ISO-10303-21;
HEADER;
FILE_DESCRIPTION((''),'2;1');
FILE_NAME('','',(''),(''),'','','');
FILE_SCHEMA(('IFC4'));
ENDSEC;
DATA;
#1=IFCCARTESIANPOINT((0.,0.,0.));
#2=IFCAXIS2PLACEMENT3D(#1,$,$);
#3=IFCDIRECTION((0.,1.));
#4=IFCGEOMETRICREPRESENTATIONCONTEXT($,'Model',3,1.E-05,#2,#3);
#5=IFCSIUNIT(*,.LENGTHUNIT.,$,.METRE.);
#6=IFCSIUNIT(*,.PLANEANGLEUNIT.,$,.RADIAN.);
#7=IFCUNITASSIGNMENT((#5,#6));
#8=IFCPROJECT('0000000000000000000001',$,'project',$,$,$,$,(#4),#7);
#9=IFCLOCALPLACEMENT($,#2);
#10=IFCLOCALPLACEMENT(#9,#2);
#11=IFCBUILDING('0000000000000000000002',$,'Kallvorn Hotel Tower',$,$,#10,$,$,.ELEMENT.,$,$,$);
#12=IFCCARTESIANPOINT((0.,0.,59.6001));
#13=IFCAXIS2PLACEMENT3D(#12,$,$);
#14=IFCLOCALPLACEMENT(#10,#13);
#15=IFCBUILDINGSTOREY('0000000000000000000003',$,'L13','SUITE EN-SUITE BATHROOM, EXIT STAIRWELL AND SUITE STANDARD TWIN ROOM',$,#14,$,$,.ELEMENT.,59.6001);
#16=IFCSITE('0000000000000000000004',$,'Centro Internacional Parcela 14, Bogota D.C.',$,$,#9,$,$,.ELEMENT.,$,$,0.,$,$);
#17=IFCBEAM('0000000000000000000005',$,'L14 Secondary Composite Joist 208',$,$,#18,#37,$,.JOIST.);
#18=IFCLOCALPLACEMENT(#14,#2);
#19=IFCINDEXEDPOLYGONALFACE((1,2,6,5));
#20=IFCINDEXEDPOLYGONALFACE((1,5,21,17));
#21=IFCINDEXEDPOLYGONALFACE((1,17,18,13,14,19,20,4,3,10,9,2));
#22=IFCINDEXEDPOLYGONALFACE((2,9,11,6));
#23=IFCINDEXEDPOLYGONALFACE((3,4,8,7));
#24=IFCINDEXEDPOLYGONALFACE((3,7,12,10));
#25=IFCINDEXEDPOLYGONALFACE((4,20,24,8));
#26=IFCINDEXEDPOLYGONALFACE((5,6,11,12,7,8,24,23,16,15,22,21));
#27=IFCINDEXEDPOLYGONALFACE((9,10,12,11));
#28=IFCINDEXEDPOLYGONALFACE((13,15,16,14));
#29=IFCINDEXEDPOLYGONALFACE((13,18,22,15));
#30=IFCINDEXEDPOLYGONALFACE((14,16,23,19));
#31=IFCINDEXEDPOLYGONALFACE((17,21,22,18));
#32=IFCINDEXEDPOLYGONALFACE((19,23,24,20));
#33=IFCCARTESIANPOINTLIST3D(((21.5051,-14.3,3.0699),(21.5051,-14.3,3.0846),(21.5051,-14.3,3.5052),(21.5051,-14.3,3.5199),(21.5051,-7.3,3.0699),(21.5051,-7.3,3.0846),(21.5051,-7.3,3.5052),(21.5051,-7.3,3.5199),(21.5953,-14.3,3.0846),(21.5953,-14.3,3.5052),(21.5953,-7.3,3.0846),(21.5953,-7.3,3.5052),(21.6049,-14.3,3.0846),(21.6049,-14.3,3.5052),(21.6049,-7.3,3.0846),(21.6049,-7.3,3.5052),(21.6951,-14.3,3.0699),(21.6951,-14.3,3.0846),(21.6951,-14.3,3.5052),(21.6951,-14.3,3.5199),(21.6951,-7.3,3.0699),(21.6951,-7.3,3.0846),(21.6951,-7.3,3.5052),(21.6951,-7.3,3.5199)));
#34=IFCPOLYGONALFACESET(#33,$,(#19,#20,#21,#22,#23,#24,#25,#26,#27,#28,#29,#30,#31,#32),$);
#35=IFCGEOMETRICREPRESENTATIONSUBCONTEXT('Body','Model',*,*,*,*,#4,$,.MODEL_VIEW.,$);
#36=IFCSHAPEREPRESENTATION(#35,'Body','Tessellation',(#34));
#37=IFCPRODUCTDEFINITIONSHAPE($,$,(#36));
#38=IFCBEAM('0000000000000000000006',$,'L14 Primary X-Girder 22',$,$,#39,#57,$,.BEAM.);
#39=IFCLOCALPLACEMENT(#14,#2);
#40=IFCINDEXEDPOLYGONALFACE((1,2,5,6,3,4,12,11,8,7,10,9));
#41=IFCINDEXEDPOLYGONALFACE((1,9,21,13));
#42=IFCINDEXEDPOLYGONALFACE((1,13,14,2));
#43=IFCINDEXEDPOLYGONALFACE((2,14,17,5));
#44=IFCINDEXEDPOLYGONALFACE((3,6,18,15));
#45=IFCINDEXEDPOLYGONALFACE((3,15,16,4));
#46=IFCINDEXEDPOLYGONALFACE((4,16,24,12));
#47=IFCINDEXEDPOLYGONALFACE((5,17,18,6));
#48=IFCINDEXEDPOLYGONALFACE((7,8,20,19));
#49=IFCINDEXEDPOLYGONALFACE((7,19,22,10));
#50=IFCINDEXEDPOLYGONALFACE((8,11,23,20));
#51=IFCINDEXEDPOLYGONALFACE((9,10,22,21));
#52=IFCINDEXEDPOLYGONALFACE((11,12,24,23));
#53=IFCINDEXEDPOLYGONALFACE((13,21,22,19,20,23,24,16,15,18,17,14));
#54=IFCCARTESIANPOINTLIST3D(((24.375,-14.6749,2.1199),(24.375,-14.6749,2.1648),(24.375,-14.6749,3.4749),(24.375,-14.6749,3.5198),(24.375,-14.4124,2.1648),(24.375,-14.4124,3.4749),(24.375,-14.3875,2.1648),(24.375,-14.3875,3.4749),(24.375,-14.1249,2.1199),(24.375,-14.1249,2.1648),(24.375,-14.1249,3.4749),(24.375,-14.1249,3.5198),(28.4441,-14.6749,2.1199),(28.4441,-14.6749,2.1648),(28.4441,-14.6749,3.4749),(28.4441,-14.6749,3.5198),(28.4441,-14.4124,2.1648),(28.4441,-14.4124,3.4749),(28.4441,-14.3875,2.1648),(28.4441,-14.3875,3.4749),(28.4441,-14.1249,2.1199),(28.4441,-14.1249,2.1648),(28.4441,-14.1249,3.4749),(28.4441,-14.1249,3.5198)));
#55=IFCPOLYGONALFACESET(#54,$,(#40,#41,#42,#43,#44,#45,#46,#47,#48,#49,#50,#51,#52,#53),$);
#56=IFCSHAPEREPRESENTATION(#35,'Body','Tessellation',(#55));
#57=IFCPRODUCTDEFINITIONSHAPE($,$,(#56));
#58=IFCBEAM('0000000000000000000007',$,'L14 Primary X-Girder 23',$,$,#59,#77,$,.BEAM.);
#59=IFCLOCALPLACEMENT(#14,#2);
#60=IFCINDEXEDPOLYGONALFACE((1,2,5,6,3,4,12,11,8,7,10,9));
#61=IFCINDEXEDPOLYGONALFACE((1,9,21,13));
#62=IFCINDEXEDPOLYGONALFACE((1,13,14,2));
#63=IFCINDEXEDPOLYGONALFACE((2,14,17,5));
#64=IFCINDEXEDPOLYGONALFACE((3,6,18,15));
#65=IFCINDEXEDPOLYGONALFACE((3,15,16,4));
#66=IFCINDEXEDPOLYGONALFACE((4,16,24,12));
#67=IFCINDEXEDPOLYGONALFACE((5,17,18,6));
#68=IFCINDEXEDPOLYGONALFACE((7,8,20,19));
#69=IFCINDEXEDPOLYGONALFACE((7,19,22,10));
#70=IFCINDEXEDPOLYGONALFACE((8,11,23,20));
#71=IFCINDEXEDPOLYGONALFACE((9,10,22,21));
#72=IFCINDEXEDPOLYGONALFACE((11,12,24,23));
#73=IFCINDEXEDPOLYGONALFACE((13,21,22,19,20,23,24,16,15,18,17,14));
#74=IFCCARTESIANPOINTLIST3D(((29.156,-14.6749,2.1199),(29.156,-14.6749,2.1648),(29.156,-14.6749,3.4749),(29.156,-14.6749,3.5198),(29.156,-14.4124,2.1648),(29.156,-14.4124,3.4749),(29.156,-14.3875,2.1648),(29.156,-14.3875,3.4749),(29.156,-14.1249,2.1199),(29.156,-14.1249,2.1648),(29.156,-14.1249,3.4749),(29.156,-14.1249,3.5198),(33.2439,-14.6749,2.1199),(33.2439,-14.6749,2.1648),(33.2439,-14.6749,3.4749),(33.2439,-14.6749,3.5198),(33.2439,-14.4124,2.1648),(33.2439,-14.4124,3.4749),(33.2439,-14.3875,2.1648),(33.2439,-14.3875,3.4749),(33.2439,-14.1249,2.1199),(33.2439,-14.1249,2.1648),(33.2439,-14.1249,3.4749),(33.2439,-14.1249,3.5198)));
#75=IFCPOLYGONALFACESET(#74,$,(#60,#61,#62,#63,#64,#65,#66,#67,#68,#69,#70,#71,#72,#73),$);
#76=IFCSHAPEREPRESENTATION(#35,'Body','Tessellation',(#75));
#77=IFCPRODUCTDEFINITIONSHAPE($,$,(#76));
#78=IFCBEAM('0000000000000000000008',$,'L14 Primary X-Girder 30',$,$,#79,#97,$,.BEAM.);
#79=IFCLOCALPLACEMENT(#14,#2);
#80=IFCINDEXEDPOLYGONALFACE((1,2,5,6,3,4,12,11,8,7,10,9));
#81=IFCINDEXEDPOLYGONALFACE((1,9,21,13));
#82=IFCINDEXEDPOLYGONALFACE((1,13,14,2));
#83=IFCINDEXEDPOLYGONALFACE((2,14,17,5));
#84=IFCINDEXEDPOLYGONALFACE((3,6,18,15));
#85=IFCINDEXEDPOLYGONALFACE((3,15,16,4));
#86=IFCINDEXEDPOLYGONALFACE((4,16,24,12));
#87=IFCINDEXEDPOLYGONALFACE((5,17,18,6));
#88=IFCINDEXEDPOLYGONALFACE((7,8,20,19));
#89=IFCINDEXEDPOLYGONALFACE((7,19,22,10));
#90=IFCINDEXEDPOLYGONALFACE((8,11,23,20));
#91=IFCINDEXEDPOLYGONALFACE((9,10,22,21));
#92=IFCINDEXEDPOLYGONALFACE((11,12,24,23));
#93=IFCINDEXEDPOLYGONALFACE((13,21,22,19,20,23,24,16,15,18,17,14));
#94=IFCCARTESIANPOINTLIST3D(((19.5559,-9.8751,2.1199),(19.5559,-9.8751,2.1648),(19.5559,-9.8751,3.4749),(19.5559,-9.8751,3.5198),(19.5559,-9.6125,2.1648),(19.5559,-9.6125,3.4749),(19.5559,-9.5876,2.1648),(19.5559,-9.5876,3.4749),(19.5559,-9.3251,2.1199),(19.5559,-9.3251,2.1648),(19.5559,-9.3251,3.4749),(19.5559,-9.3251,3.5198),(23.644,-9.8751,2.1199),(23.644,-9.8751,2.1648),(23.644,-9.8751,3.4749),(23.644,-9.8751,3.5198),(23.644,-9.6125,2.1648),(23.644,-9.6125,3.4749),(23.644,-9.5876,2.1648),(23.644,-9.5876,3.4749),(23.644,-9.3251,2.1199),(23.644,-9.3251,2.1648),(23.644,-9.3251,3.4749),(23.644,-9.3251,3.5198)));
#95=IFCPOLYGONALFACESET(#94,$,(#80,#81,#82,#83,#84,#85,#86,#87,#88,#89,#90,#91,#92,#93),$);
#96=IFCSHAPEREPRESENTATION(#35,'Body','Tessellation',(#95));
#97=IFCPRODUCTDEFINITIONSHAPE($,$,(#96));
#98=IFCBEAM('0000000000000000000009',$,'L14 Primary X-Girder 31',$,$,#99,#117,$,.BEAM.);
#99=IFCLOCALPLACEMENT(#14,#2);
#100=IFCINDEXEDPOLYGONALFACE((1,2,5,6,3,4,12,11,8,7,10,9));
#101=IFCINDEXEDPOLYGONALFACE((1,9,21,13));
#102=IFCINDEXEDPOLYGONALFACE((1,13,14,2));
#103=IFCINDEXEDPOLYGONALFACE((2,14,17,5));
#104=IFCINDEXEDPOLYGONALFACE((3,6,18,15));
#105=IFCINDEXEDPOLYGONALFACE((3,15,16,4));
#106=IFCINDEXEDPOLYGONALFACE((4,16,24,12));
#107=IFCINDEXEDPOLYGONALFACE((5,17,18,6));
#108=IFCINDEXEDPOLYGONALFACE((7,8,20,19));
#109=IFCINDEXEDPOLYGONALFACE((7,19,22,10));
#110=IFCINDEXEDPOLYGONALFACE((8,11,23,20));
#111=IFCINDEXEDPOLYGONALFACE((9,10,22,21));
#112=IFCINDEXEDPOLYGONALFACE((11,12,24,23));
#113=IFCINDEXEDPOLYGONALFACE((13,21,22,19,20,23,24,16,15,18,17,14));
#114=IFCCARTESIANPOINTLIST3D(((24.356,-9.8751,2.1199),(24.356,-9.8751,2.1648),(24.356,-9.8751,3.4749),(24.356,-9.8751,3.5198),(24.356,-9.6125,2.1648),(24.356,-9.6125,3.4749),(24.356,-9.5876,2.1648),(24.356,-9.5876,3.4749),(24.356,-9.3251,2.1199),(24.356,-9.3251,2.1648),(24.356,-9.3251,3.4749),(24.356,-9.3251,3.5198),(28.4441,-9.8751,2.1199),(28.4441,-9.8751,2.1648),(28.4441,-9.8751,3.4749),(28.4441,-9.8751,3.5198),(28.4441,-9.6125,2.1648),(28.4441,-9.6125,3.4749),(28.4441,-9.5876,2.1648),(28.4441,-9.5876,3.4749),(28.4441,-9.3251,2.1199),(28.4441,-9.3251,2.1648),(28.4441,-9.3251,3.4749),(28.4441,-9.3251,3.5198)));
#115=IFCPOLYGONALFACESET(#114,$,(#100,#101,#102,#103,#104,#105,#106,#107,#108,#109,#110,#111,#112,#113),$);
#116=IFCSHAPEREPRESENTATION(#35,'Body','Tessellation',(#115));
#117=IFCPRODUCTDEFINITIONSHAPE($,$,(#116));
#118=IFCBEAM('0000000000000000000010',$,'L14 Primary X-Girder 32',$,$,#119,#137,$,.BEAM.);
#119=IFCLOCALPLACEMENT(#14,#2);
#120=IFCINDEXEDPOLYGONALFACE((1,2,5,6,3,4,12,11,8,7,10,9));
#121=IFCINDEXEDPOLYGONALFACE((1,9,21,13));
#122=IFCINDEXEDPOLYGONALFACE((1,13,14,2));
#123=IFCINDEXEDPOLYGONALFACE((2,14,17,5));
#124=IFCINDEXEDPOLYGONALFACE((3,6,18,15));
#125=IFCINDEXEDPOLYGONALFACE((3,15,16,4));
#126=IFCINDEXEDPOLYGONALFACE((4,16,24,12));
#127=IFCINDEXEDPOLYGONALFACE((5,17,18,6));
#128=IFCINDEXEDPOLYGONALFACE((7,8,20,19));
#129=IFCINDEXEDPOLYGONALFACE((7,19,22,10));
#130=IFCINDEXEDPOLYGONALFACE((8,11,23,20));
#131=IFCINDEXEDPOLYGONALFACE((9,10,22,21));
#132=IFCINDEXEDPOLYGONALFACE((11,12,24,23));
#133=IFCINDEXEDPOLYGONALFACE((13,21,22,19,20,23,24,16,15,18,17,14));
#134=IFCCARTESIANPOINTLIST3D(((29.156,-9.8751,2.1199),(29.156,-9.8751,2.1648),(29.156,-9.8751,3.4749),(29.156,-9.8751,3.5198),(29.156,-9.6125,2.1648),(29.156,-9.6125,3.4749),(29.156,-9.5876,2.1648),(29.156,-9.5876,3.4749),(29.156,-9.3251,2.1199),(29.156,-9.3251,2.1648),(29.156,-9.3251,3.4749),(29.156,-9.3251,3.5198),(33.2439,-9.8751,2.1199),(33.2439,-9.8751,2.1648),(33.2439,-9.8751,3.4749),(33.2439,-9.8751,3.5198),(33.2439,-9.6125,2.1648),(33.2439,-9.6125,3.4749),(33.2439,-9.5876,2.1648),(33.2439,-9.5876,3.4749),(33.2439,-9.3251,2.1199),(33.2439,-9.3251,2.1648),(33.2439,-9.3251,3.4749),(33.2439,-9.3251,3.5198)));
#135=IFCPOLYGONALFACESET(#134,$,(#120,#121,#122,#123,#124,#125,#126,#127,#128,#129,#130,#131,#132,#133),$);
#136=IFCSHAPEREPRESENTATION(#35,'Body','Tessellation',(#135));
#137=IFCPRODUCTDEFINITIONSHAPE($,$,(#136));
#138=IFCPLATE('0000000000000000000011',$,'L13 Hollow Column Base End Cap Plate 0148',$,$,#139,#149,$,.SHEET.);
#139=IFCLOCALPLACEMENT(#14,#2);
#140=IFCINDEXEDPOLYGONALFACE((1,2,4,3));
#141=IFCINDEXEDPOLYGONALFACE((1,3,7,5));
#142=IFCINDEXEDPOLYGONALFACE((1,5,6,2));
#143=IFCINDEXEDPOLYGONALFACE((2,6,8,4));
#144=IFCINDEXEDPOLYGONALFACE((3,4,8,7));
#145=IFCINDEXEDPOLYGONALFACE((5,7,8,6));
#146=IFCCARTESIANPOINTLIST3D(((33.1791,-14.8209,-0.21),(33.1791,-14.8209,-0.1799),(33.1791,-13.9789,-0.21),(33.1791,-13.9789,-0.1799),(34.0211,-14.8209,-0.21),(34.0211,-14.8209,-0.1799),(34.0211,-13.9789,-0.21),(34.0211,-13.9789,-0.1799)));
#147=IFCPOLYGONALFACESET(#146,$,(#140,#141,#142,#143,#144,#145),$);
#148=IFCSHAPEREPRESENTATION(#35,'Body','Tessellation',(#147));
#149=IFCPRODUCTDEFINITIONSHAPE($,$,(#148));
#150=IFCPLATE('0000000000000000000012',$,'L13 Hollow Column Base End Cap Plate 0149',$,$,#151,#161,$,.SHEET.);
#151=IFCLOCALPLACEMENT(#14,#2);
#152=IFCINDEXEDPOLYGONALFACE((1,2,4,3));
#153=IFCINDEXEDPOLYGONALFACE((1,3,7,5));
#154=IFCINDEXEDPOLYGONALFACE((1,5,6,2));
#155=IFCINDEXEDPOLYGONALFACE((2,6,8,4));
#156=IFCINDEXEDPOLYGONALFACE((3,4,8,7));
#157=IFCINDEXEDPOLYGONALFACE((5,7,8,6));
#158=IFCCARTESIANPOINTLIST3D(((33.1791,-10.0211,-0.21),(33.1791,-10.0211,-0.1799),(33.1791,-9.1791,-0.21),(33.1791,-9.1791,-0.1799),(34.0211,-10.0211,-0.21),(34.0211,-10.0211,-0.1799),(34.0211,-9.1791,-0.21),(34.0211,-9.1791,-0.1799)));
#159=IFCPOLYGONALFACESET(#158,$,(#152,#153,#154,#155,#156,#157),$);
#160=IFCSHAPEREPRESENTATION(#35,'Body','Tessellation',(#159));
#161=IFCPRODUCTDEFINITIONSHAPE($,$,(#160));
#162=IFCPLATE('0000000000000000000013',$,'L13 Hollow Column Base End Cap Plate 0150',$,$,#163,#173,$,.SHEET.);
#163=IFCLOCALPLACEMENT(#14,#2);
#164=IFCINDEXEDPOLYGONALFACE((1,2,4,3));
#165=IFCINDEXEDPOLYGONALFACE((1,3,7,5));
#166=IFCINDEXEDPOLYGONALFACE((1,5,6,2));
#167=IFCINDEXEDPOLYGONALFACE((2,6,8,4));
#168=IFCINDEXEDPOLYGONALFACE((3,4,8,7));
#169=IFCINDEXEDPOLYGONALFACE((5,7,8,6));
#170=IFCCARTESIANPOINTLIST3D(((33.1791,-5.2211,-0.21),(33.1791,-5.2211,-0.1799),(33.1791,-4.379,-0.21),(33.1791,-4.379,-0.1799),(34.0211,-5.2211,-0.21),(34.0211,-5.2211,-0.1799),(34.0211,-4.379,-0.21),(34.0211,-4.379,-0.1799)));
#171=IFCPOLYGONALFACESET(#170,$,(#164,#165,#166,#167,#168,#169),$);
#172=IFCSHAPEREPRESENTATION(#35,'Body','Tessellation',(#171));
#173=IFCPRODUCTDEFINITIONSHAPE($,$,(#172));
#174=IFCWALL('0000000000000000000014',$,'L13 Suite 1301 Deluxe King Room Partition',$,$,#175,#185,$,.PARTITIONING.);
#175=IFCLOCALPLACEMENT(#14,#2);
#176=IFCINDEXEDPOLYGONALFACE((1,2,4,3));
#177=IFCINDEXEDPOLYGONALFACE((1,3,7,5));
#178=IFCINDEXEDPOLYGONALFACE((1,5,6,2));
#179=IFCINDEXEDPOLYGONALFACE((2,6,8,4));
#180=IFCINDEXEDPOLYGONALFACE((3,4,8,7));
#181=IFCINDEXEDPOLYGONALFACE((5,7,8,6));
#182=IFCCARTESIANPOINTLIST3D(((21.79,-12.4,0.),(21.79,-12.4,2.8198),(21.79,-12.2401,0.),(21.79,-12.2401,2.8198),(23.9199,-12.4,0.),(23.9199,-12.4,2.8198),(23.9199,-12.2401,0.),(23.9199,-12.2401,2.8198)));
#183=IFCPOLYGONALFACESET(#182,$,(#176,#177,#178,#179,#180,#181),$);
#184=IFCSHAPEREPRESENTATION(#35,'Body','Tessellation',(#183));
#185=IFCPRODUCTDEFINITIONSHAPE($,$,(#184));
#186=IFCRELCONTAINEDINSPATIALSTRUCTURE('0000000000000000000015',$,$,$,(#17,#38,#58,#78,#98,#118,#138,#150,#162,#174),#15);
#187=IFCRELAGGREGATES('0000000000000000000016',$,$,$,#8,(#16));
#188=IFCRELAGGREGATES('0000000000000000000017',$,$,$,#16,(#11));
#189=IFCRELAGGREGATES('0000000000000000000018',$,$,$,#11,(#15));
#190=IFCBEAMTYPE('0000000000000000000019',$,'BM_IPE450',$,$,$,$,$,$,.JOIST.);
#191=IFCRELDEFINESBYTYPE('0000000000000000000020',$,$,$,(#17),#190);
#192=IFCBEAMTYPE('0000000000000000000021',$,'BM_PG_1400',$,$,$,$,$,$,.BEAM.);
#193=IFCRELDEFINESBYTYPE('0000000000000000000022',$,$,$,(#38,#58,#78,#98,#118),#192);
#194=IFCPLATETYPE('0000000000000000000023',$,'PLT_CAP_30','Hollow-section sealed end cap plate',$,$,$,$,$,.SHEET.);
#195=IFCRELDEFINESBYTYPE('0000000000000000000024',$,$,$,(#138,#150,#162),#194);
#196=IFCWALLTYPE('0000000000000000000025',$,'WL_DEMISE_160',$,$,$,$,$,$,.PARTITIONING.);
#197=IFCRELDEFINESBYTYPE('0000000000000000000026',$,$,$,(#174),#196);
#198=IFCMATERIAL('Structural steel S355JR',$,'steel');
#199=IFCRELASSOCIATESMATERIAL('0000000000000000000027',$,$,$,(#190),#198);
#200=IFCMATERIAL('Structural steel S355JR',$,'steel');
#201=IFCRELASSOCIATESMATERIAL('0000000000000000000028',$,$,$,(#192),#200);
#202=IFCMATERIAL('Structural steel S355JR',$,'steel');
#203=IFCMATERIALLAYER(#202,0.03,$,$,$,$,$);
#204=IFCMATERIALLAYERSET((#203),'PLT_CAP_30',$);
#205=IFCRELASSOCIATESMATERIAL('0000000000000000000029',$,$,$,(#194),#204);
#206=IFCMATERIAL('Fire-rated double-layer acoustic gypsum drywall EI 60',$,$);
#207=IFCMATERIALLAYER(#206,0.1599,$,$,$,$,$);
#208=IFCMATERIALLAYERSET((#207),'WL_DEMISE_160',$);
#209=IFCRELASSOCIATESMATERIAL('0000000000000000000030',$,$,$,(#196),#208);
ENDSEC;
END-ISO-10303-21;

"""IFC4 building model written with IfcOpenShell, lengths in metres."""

from ifc_helpers import new_model, si_unit, direction, frame, frame_2d, origin, origin_2d, place, context, subcontext, project, spatial, rectangle, i_section, extrude, material, layer, layer_set, material_profile, profile_set, type_object, element, save


model = new_model("IFC4")

# Units and contexts
model_context = context("Model", 3, precision=1e-05, world=origin(), true_north=direction((0.0, 1.0)))
body_context = subcontext(model_context, "Body", "Model", "MODEL_VIEW")
ifc_project = project(units=[si_unit("LENGTHUNIT", "METRE"), si_unit("PLANEANGLEUNIT", "RADIAN")], contexts=[model_context])

# Site, building, storey
site_placement = place(None, origin())
site = spatial("IfcSite", under=ifc_project, at=site_placement, Name="Centro Internacional Parcela 14, Bogota D.C.", CompositionType="ELEMENT", RefElevation=0.0)
building_placement = place(site_placement, origin())
building = spatial("IfcBuilding", under=site, at=building_placement, Name="Kallvorn Hotel Tower", CompositionType="ELEMENT")
storey_placement = place(building_placement, frame((0.0, 0.0, 59.6001)))
storey = spatial("IfcBuildingStorey", under=building, at=storey_placement, Name="L13", Description="SUITE EN-SUITE BATHROOM, EXIT STAIRWELL AND SUITE STANDARD TWIN ROOM", CompositionType="ELEMENT", Elevation=59.6001)

# Beams
ifc_material_1 = material(Name="Structural steel S355JR", Category="steel")
ifc_material_profile_1 = material_profile(ifc_material_1, i_section(OverallWidth=0.1899, OverallDepth=0.45, WebThickness=0.0095, FlangeThickness=0.0146, at=origin_2d()), Name="IPE 450")
ifc_profile_set_1 = profile_set([ifc_material_profile_1], Name="Structural steel S355JR")
beam_type_1 = type_object("IfcBeamType", Name="BM_IPE450", PredefinedType="JOIST", material=ifc_profile_set_1)
beam_1_placement = place(storey_placement, frame((21.6001, -14.3, 3.2949), z_axis=(0.0, 1.0, 0.0), x_axis=(-1.0, 0.0, 0.0)))
element("IfcBeam", 1, at=beam_1_placement, inside=storey, type_object=beam_type_1, Name="L14 Secondary Composite Joist 208", PredefinedType="JOIST", context=body_context, shape_type="SweptSolid", body=[
    extrude(i_section(OverallWidth=0.1899, OverallDepth=0.45, WebThickness=0.0095, FlangeThickness=0.0146, at=origin_2d()), origin(), (0.0, 0.0, 1.0), 7.0),
])
ifc_material_2 = material(Name="Structural steel S355JR", Category="steel")
ifc_material_profile_2 = material_profile(ifc_material_2, i_section(OverallWidth=0.55, OverallDepth=1.3999, WebThickness=0.0249, FlangeThickness=0.0449, at=origin_2d()), Name="PG 1400x550x25x45")
ifc_profile_set_2 = profile_set([ifc_material_profile_2], Name="Structural steel S355JR")
beam_type_2 = type_object("IfcBeamType", Name="BM_PG_1400", PredefinedType="BEAM", material=ifc_profile_set_2)
beam_2_placement = place(storey_placement, frame((24.375, -14.3999, 2.8198), z_axis=(1.0, 0.0, 0.0), x_axis=(0.0, 1.0, 0.0)))
element("IfcBeam", 2, at=beam_2_placement, inside=storey, type_object=beam_type_2, Name="L14 Primary X-Girder 22", PredefinedType="BEAM", context=body_context, shape_type="SweptSolid", body=[
    extrude(i_section(OverallWidth=0.55, OverallDepth=1.3999, WebThickness=0.0249, FlangeThickness=0.0449, at=origin_2d()), origin(), (0.0, 0.0, 1.0), 4.0691),
])
beam_3_placement = place(storey_placement, frame((29.156, -14.3999, 2.8198), z_axis=(1.0, 0.0, 0.0), x_axis=(0.0, 1.0, 0.0)))
element("IfcBeam", 3, at=beam_3_placement, inside=storey, type_object=beam_type_2, Name="L14 Primary X-Girder 23", PredefinedType="BEAM", context=body_context, shape_type="SweptSolid", body=[
    extrude(i_section(OverallWidth=0.55, OverallDepth=1.3999, WebThickness=0.0249, FlangeThickness=0.0449, at=origin_2d()), origin(), (0.0, 0.0, 1.0), 4.0879),
])
for number, where, z_axis, x_axis, name in (
    (4, (19.5559, -9.6001, 2.8198), (1.0, 0.0, 0.0), (0.0, 1.0, 0.0), "L14 Primary X-Girder 30"),
    (5, (24.356, -9.6001, 2.8198), (1.0, 0.0, 0.0), (0.0, 1.0, 0.0), "L14 Primary X-Girder 31"),
):
    element("IfcBeam", number, at=place(storey_placement, frame(where, z_axis=z_axis, x_axis=x_axis)), inside=storey, type_object=beam_type_2, Name=name, PredefinedType="BEAM", context=body_context, shape_type="SweptSolid", body=[
        extrude(i_section(OverallWidth=0.55, OverallDepth=1.3999, WebThickness=0.0249, FlangeThickness=0.0449, at=origin_2d()), origin(), (0.0, 0.0, 1.0), 4.0881),
    ])
beam_4_placement = place(storey_placement, frame((29.156, -9.6001, 2.8198), z_axis=(1.0, 0.0, 0.0), x_axis=(0.0, 1.0, 0.0)))
element("IfcBeam", 6, at=beam_4_placement, inside=storey, type_object=beam_type_2, Name="L14 Primary X-Girder 32", PredefinedType="BEAM", context=body_context, shape_type="SweptSolid", body=[
    extrude(i_section(OverallWidth=0.55, OverallDepth=1.3999, WebThickness=0.0249, FlangeThickness=0.0449, at=origin_2d()), origin(), (0.0, 0.0, 1.0), 4.0879),
])

# Plates
ifc_material_3 = material(Name="Structural steel S355JR", Category="steel")
ifc_layer_1 = layer(ifc_material_3, 0.03)
ifc_layer_set_1 = layer_set([ifc_layer_1], Name="PLT_CAP_30")
plate_type = type_object("IfcPlateType", Name="PLT_CAP_30", Description="Hollow-section sealed end cap plate", PredefinedType="SHEET", material=ifc_layer_set_1)
for number, where, z_axis, x_axis, name in (
    (7, (33.6001, -14.3999, -0.21), (0.0, 0.0, 1.0), (1.0, 0.0, 0.0), "L13 Hollow Column Base End Cap Plate 0148"),
    (8, (33.6001, -9.6001, -0.21), (0.0, 0.0, 1.0), (1.0, 0.0, 0.0), "L13 Hollow Column Base End Cap Plate 0149"),
    (9, (33.6001, -4.8, -0.21), (0.0, 0.0, 1.0), (1.0, 0.0, 0.0), "L13 Hollow Column Base End Cap Plate 0150"),
):
    element("IfcPlate", number, at=place(storey_placement, frame(where, z_axis=z_axis, x_axis=x_axis)), inside=storey, type_object=plate_type, Name=name, PredefinedType="SHEET", context=body_context, shape_type="SweptSolid", body=[
        extrude(rectangle(XDim=0.842, YDim=0.842, at=origin_2d()), origin(), (0.0, 0.0, 1.0), 0.03),
    ])

# Wall
ifc_material_4 = material(Name="Fire-rated double-layer acoustic gypsum drywall EI 60")
ifc_layer_2 = layer(ifc_material_4, 0.1599)
ifc_layer_set_2 = layer_set([ifc_layer_2], Name="WL_DEMISE_160")
wall_type_1 = type_object("IfcWallType", Name="WL_DEMISE_160", PredefinedType="PARTITIONING", material=ifc_layer_set_2)
wall_1_placement = place(storey_placement, frame((21.79, -12.3201, 0.0), z_axis=(0.0, 0.0, 1.0), x_axis=(1.0, 0.0, 0.0)))
element("IfcWall", 10, at=wall_1_placement, inside=storey, type_object=wall_type_1, Name="L13 Suite 1301 Deluxe King Room Partition", PredefinedType="PARTITIONING", context=body_context, shape_type="SweptSolid", body=[
    extrude(rectangle(XDim=2.1299, YDim=0.1599, at=frame_2d((1.0649, 0.0))), origin(), (0.0, 0.0, 1.0), 2.8198),
])

save(model, "model.ifc")
